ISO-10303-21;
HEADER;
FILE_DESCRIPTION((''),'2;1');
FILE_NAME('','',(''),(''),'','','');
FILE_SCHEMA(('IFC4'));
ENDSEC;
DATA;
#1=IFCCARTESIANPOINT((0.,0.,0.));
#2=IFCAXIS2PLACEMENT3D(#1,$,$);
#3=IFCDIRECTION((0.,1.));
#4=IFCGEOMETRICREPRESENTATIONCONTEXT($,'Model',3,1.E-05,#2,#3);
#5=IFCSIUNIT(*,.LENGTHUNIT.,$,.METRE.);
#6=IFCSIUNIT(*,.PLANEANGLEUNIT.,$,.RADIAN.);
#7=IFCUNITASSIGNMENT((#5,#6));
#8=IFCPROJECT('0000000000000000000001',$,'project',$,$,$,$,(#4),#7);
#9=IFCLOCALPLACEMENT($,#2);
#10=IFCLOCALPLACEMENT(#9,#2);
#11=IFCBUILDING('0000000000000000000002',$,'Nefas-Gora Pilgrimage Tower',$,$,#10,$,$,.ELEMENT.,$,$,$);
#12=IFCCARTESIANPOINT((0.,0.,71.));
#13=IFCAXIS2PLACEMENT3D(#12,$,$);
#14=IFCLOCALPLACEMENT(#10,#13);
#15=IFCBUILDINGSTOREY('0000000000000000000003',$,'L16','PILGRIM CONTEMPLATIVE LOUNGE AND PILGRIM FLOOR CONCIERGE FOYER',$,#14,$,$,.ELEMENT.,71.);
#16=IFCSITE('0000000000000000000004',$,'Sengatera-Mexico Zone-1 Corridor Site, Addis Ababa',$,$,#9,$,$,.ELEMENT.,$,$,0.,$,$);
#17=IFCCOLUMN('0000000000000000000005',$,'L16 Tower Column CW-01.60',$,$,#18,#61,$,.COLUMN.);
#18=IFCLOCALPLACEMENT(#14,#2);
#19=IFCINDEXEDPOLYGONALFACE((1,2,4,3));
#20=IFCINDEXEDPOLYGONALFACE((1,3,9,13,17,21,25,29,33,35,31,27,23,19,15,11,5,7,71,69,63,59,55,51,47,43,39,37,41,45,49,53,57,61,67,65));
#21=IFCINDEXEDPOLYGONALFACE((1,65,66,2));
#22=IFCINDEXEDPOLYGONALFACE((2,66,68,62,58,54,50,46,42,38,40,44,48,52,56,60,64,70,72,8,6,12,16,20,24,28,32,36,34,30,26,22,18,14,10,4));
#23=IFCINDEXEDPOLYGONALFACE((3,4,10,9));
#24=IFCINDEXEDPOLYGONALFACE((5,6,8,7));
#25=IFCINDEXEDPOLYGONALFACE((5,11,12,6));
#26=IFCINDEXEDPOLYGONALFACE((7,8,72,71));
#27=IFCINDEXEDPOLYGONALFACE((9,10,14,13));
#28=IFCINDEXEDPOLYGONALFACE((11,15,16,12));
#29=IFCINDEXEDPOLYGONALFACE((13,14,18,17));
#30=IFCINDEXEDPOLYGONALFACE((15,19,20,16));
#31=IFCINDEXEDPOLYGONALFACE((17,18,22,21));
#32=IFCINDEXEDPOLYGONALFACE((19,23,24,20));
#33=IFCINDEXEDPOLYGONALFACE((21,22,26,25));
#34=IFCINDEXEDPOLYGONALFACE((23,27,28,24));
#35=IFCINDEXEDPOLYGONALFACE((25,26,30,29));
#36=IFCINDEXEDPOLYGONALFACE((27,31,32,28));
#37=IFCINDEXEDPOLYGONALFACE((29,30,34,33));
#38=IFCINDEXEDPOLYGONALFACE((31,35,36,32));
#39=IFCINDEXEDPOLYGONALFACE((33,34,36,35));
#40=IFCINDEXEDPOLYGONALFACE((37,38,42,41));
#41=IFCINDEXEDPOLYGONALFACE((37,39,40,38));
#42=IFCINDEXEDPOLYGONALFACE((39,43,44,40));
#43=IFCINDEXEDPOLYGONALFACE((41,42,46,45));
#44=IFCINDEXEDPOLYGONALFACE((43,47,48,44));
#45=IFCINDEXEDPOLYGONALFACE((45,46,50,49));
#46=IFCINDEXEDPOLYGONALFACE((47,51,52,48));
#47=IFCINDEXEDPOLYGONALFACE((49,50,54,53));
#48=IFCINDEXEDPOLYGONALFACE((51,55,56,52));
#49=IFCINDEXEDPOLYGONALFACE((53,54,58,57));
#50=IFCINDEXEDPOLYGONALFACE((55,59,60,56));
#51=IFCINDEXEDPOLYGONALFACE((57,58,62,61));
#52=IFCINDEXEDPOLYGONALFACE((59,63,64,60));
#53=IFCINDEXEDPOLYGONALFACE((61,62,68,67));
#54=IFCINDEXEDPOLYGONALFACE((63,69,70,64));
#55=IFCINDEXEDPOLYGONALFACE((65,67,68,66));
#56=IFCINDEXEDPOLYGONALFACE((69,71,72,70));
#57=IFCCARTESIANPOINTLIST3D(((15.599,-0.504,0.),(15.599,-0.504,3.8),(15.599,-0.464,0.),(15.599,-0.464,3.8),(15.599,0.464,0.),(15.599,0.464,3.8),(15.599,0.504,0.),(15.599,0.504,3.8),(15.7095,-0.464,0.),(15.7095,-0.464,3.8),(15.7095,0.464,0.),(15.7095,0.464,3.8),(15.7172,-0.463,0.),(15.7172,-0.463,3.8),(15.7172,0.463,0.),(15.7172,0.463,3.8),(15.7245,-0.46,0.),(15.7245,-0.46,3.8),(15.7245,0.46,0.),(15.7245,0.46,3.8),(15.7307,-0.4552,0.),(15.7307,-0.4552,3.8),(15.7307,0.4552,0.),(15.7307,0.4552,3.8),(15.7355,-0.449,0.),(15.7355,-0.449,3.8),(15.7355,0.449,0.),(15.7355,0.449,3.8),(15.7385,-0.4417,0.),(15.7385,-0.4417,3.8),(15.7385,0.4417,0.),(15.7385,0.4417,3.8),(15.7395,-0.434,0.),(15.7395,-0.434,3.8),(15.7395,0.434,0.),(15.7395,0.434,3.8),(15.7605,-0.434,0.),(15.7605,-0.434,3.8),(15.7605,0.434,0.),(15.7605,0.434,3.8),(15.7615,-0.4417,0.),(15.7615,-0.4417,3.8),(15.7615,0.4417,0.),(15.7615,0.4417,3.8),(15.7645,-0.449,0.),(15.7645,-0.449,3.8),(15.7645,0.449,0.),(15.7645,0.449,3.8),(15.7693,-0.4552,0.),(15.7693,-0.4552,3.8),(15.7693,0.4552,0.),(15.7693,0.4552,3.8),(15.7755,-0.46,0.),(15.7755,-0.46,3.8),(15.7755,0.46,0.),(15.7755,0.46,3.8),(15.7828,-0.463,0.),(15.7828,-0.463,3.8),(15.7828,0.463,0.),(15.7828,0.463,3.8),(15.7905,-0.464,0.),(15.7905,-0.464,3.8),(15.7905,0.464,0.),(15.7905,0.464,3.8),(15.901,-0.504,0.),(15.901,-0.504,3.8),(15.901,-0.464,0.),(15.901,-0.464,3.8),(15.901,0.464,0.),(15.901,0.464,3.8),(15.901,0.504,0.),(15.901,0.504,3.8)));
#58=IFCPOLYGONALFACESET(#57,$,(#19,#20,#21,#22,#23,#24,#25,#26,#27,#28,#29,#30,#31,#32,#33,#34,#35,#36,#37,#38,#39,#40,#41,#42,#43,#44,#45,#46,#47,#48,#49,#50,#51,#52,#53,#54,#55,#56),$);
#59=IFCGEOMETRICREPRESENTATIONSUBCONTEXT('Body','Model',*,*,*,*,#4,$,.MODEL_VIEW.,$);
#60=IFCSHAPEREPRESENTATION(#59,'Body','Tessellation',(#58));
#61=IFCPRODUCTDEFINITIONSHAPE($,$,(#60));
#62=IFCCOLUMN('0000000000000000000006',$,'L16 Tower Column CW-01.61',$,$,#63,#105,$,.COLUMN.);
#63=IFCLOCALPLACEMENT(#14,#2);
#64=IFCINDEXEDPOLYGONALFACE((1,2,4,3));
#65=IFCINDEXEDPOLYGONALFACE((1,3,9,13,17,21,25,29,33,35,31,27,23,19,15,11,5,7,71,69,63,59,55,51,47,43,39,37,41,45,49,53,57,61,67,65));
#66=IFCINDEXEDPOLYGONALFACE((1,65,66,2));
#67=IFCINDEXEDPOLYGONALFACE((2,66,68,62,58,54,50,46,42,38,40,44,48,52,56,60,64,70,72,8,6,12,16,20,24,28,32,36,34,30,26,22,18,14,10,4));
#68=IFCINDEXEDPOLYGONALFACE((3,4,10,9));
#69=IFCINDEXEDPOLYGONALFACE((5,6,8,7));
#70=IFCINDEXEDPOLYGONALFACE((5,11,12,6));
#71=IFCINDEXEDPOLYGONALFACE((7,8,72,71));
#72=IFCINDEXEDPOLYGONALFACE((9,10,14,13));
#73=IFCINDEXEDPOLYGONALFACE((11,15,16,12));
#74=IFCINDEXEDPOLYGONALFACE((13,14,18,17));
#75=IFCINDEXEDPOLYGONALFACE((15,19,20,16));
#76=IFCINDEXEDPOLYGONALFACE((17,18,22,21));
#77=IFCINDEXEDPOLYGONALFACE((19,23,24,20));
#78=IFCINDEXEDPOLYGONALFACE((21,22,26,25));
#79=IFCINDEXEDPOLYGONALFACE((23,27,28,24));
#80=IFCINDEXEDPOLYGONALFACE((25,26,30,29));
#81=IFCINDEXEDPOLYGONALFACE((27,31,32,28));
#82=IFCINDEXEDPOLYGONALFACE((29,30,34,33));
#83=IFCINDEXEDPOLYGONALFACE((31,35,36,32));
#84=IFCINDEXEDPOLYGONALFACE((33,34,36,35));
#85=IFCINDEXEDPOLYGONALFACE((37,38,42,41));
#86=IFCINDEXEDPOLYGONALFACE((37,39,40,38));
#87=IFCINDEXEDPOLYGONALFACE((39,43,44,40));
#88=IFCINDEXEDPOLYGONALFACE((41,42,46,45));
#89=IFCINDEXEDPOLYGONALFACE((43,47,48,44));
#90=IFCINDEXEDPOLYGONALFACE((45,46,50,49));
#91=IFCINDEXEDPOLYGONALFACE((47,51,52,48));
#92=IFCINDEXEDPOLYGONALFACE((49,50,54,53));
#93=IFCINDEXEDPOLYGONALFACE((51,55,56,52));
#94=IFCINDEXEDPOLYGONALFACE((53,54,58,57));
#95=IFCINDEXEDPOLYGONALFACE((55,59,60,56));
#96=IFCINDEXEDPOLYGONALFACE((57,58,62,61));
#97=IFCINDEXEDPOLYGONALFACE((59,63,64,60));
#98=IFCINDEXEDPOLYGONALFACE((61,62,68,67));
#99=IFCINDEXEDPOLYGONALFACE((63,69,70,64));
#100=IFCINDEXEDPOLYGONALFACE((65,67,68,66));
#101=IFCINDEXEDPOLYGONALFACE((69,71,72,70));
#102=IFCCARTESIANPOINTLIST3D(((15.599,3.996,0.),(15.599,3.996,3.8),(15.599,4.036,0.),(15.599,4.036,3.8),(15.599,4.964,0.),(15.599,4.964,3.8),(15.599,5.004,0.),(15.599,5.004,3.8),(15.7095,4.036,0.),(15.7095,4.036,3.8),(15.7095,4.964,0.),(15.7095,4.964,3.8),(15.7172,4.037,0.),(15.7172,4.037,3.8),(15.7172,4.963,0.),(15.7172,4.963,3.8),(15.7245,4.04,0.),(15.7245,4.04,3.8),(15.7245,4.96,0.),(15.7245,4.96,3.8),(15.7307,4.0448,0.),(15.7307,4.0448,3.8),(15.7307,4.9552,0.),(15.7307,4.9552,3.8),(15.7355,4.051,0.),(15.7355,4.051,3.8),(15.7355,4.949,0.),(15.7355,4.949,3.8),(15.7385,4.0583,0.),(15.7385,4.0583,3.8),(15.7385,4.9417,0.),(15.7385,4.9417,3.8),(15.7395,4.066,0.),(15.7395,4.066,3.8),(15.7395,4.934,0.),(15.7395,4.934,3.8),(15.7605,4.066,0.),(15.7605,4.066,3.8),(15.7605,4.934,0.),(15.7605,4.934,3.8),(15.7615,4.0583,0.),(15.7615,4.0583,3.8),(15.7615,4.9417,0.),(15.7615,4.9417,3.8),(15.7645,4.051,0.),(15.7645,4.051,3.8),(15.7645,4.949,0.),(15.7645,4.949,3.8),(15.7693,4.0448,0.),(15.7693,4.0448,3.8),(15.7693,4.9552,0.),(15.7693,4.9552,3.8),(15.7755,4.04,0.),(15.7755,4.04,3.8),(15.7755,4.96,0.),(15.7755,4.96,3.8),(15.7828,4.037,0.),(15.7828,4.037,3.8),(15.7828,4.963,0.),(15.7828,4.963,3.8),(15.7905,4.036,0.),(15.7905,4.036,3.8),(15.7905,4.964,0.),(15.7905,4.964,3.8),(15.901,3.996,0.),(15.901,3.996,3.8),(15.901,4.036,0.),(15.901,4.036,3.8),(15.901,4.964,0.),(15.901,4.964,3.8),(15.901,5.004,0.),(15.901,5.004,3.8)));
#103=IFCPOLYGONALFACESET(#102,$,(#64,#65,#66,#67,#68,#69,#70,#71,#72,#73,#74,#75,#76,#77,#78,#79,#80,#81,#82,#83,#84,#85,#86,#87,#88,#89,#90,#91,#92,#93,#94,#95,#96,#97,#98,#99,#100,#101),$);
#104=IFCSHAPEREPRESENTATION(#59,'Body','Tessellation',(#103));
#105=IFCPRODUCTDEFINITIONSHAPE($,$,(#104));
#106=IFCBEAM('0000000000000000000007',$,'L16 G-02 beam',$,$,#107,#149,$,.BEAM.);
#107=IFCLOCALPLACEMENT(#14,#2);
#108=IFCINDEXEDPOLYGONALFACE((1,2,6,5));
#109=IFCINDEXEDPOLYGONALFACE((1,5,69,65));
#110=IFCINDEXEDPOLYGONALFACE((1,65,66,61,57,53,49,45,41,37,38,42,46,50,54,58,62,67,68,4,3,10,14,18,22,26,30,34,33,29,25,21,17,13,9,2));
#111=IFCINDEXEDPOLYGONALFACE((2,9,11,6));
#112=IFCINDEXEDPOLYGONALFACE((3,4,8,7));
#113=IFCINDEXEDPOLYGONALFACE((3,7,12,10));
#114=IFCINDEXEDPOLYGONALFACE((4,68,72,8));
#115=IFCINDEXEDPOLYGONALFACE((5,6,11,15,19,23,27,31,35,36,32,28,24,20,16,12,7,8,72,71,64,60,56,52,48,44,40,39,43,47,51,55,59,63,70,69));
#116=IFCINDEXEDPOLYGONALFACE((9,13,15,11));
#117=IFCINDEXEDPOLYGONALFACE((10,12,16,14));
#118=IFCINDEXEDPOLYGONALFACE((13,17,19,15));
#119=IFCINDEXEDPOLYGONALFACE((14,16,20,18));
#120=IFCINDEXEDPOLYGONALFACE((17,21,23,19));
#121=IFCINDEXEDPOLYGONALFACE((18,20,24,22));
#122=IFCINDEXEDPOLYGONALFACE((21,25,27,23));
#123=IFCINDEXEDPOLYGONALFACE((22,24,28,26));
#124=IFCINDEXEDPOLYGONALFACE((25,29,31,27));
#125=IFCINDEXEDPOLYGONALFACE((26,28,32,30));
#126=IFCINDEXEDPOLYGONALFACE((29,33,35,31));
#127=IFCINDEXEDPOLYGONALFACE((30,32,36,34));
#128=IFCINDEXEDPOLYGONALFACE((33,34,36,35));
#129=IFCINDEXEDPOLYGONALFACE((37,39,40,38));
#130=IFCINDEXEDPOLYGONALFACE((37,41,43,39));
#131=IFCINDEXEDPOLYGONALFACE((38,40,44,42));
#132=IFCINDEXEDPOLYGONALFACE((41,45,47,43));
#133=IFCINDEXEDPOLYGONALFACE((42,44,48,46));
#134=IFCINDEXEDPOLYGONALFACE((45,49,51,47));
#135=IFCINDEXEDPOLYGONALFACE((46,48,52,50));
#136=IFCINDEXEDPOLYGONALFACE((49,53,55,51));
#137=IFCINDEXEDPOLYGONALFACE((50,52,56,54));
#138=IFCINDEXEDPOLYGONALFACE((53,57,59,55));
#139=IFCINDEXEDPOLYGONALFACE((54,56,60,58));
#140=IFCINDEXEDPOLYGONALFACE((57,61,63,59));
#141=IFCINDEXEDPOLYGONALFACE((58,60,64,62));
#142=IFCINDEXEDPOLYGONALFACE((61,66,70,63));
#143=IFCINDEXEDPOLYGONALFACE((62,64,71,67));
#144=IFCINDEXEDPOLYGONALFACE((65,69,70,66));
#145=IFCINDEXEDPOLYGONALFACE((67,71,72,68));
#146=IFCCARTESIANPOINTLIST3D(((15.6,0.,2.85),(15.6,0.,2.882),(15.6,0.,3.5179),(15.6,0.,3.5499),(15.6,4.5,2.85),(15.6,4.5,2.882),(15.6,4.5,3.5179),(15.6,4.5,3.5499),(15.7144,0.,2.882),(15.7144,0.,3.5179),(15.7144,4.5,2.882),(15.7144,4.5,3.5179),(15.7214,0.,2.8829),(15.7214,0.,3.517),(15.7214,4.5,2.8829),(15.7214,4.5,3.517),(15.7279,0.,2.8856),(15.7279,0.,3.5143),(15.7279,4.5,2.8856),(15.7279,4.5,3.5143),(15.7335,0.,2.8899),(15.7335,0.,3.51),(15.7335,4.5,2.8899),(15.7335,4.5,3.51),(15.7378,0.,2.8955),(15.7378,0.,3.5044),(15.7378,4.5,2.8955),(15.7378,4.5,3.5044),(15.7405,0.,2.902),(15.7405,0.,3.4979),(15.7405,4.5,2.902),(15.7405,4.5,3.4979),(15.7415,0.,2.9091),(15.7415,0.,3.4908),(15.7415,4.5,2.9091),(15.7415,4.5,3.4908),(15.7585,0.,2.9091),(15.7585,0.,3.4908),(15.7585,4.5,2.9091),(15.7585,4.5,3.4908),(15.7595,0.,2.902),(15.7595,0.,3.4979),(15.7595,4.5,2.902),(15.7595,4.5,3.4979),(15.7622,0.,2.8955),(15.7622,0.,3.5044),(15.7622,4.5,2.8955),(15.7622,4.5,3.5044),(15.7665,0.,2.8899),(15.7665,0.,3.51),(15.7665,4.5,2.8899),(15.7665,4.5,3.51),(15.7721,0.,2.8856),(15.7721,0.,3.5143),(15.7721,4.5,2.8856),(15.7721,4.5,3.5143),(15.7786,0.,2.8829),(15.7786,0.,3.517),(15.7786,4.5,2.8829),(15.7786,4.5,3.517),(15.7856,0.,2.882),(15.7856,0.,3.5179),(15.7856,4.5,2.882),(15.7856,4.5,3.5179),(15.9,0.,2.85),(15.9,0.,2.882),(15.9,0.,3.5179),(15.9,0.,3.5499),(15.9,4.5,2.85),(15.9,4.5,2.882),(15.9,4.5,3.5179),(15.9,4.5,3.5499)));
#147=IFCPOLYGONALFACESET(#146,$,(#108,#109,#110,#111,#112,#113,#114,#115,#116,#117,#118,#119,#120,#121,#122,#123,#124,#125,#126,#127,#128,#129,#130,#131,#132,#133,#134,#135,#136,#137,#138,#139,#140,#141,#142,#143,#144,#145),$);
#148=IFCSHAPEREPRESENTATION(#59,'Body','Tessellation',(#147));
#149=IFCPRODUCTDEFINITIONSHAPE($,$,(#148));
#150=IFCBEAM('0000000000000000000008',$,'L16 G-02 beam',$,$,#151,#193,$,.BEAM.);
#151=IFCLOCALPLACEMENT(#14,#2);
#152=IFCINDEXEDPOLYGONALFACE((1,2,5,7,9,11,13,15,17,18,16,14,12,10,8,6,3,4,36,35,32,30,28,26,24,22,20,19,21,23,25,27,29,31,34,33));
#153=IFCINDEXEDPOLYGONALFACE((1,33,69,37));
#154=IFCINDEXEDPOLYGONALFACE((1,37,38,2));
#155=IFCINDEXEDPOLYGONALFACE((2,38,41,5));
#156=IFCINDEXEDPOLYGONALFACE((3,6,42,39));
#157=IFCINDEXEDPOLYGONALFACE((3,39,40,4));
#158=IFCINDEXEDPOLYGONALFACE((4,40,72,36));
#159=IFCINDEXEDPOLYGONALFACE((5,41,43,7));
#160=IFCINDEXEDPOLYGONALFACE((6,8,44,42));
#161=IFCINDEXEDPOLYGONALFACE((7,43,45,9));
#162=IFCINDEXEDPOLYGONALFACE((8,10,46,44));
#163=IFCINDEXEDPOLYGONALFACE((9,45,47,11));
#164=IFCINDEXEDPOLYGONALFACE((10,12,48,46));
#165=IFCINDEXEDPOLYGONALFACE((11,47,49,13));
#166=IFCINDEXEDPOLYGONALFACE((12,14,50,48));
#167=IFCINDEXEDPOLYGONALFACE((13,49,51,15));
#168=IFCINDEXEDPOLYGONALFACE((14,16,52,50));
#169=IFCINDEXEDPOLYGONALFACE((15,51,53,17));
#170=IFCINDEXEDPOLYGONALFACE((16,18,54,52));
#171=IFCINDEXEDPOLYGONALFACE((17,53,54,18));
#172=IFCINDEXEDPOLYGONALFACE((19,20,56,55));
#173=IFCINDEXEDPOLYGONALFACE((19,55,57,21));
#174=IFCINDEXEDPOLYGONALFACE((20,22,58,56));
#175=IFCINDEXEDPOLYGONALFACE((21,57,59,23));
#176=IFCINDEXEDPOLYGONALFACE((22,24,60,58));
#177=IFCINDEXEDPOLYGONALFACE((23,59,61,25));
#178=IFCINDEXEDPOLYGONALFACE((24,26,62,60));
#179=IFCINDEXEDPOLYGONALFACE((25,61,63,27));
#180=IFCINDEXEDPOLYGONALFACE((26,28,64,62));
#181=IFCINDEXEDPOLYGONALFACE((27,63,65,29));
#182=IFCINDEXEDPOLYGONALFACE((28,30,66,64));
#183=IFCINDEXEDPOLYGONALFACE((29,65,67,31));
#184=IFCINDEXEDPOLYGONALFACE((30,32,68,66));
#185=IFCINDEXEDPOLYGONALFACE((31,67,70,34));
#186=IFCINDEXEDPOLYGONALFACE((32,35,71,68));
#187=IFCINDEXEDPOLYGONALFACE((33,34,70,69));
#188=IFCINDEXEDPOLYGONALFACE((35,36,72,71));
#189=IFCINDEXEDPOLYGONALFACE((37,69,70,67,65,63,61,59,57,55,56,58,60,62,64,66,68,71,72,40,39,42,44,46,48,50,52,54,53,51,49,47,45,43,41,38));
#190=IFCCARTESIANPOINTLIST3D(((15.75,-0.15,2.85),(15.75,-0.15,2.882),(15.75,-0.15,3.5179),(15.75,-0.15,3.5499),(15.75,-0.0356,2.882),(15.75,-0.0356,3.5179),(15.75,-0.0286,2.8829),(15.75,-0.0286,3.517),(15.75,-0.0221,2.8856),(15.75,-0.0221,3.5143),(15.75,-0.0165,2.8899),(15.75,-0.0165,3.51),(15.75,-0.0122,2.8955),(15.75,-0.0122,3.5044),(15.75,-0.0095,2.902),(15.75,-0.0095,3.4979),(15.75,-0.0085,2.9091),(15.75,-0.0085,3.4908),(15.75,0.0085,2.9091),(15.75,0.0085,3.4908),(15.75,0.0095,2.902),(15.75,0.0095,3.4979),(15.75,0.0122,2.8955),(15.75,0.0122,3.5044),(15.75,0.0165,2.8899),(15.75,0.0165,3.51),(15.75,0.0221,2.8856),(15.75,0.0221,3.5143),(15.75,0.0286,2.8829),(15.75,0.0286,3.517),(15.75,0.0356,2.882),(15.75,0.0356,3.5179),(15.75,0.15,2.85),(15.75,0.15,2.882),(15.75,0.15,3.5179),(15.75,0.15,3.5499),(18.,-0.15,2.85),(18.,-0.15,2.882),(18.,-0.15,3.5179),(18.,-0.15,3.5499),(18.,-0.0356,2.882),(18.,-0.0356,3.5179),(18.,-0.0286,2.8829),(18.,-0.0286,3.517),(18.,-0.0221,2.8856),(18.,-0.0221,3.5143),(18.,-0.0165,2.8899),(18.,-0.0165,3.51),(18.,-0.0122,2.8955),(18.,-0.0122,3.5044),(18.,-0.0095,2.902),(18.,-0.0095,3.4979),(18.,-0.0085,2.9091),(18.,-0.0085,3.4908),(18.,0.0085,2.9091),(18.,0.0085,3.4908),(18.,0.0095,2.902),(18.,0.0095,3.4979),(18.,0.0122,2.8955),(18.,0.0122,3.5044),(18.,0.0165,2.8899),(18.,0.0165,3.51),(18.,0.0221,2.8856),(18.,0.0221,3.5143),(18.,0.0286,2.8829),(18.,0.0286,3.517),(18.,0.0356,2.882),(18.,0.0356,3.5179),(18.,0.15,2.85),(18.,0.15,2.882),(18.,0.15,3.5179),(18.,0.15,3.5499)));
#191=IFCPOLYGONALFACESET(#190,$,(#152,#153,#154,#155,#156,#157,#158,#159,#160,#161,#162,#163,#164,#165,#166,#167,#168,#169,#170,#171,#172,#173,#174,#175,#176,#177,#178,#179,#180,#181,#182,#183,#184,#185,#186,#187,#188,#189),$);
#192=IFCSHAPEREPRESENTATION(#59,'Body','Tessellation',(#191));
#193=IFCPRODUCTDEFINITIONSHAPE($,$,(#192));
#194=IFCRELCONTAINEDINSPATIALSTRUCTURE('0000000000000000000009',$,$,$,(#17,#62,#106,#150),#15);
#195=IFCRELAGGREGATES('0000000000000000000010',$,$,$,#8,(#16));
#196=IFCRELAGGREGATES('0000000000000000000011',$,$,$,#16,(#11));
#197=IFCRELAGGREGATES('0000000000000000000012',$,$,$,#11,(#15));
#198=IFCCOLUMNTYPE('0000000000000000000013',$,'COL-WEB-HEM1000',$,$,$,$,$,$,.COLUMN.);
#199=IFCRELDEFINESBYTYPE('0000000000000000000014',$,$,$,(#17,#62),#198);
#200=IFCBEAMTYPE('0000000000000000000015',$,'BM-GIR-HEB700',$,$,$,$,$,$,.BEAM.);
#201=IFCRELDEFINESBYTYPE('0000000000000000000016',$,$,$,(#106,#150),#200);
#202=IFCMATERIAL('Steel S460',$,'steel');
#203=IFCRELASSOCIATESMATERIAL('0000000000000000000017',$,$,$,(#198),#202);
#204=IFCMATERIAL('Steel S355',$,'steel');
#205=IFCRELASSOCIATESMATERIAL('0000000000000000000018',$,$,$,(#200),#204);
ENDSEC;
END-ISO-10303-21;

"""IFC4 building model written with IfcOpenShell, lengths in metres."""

from ifc_helpers import new_model, si_unit, direction, frame, origin, origin_2d, place, context, subcontext, project, spatial, i_section, extrude, source, transform, mapped, material, material_profile, profile_set, type_object, element, save


model = new_model("IFC4")

# Units and contexts
model_context = context("Model", 3, precision=1e-05, world=origin(), true_north=direction((0.0, 1.0)))
body_context = subcontext(model_context, "Body", "Model", "MODEL_VIEW")
ifc_project = project(units=[si_unit("LENGTHUNIT", "METRE"), si_unit("PLANEANGLEUNIT", "RADIAN")], contexts=[model_context])

# Site, building, storey
site_placement = place(None, origin())
site = spatial("IfcSite", under=ifc_project, at=site_placement, Name="Sengatera-Mexico Zone-1 Corridor Site, Addis Ababa", CompositionType="ELEMENT", RefElevation=0.0)
building_placement = place(site_placement, origin())
building = spatial("IfcBuilding", under=site, at=building_placement, Name="Nefas-Gora Pilgrimage Tower", CompositionType="ELEMENT")
storey_placement = place(building_placement, frame((0.0, 0.0, 71.0)))
storey = spatial("IfcBuildingStorey", under=building, at=storey_placement, Name="L16", Description="PILGRIM CONTEMPLATIVE LOUNGE AND PILGRIM FLOOR CONCIERGE FOYER", CompositionType="ELEMENT", Elevation=71.0)

# Columns
ifc_material_1 = material(Name="Steel S460", Category="steel")
ifc_material_profile_1 = material_profile(ifc_material_1, i_section(OverallWidth=0.302, OverallDepth=1.0081, WebThickness=0.021, FlangeThickness=0.04, FilletRadius=0.03, at=origin_2d()), Name="HEM 1000")
ifc_profile_set_1 = profile_set([ifc_material_profile_1], Name="Steel S460")
column_type = type_object("IfcColumnType", Name="COL-WEB-HEM1000", PredefinedType="COLUMN", material=ifc_profile_set_1)
shared_shape_1 = source(origin(), body_context, "Body", "SweptSolid", [
    extrude(i_section(OverallWidth=0.302, OverallDepth=1.0081, WebThickness=0.021, FlangeThickness=0.04, FilletRadius=0.03, at=origin_2d()), origin(), (0.0, 0.0, 1.0), 3.8),
])
for number, where, z_axis, x_axis, name in (
    (1, (15.75, 0.0, 0.0), (0.0, 0.0, 1.0), (1.0, 0.0, 0.0), "L16 Tower Column CW-01.60"),
    (2, (15.75, 4.5, 0.0), (0.0, 0.0, 1.0), (1.0, 0.0, 0.0), "L16 Tower Column CW-01.61"),
):
    element("IfcColumn", number, at=place(storey_placement, frame(where, z_axis=z_axis, x_axis=x_axis)), inside=storey, type_object=column_type, Name=name, PredefinedType="COLUMN", context=body_context, shape_type="MappedRepresentation", body=[
        mapped(shared_shape_1, transform((0.0, 0.0, 0.0), x_axis=(1.0, 0.0, 0.0), y_axis=(0.0, 1.0, 0.0), z_axis=(0.0, 0.0, 1.0), scale=1.0)),
    ])

# Beams
ifc_material_2 = material(Name="Steel S355", Category="steel")
ifc_material_profile_2 = material_profile(ifc_material_2, i_section(OverallWidth=0.3, OverallDepth=0.7, WebThickness=0.0171, FlangeThickness=0.032, FilletRadius=0.0271, at=origin_2d()), Name="HEB 700")
ifc_profile_set_2 = profile_set([ifc_material_profile_2], Name="Steel S355")
beam_type = type_object("IfcBeamType", Name="BM-GIR-HEB700", PredefinedType="BEAM", material=ifc_profile_set_2)
shared_shape_2 = source(origin(), body_context, "Body", "SweptSolid", [
    extrude(i_section(OverallWidth=0.3, OverallDepth=0.7, WebThickness=0.0171, FlangeThickness=0.032, FilletRadius=0.0271, at=origin_2d()), origin(), (0.0, 0.0, 1.0), 4.5),
])
beam_1_placement = place(storey_placement, frame((15.75, 0.0, 3.2), z_axis=(0.0, 1.0, 0.0), x_axis=(-1.0, 0.0, 0.0)))
element("IfcBeam", 3, at=beam_1_placement, inside=storey, type_object=beam_type, Name="L16 G-02 beam", PredefinedType="BEAM", context=body_context, shape_type="MappedRepresentation", body=[
    mapped(shared_shape_2, transform((0.0, 0.0, 0.0), x_axis=(1.0, 0.0, 0.0), y_axis=(0.0, 1.0, 0.0), z_axis=(0.0, 0.0, 1.0), scale=1.0)),
])
shared_shape_3 = source(origin(), body_context, "Body", "SweptSolid", [
    extrude(i_section(OverallWidth=0.3, OverallDepth=0.7, WebThickness=0.0171, FlangeThickness=0.032, FilletRadius=0.0271, at=origin_2d()), origin(), (0.0, 0.0, 1.0), 2.25),
])
beam_2_placement = place(storey_placement, frame((15.75, 0.0, 3.2), z_axis=(1.0, 0.0, 0.0), x_axis=(0.0, 1.0, 0.0)))
element("IfcBeam", 4, at=beam_2_placement, inside=storey, type_object=beam_type, Name="L16 G-02 beam", PredefinedType="BEAM", context=body_context, shape_type="MappedRepresentation", body=[
    mapped(shared_shape_3, transform((0.0, 0.0, 0.0), x_axis=(1.0, 0.0, 0.0), y_axis=(0.0, 1.0, 0.0), z_axis=(0.0, 0.0, 1.0), scale=1.0)),
])

save(model, "model.ifc")
